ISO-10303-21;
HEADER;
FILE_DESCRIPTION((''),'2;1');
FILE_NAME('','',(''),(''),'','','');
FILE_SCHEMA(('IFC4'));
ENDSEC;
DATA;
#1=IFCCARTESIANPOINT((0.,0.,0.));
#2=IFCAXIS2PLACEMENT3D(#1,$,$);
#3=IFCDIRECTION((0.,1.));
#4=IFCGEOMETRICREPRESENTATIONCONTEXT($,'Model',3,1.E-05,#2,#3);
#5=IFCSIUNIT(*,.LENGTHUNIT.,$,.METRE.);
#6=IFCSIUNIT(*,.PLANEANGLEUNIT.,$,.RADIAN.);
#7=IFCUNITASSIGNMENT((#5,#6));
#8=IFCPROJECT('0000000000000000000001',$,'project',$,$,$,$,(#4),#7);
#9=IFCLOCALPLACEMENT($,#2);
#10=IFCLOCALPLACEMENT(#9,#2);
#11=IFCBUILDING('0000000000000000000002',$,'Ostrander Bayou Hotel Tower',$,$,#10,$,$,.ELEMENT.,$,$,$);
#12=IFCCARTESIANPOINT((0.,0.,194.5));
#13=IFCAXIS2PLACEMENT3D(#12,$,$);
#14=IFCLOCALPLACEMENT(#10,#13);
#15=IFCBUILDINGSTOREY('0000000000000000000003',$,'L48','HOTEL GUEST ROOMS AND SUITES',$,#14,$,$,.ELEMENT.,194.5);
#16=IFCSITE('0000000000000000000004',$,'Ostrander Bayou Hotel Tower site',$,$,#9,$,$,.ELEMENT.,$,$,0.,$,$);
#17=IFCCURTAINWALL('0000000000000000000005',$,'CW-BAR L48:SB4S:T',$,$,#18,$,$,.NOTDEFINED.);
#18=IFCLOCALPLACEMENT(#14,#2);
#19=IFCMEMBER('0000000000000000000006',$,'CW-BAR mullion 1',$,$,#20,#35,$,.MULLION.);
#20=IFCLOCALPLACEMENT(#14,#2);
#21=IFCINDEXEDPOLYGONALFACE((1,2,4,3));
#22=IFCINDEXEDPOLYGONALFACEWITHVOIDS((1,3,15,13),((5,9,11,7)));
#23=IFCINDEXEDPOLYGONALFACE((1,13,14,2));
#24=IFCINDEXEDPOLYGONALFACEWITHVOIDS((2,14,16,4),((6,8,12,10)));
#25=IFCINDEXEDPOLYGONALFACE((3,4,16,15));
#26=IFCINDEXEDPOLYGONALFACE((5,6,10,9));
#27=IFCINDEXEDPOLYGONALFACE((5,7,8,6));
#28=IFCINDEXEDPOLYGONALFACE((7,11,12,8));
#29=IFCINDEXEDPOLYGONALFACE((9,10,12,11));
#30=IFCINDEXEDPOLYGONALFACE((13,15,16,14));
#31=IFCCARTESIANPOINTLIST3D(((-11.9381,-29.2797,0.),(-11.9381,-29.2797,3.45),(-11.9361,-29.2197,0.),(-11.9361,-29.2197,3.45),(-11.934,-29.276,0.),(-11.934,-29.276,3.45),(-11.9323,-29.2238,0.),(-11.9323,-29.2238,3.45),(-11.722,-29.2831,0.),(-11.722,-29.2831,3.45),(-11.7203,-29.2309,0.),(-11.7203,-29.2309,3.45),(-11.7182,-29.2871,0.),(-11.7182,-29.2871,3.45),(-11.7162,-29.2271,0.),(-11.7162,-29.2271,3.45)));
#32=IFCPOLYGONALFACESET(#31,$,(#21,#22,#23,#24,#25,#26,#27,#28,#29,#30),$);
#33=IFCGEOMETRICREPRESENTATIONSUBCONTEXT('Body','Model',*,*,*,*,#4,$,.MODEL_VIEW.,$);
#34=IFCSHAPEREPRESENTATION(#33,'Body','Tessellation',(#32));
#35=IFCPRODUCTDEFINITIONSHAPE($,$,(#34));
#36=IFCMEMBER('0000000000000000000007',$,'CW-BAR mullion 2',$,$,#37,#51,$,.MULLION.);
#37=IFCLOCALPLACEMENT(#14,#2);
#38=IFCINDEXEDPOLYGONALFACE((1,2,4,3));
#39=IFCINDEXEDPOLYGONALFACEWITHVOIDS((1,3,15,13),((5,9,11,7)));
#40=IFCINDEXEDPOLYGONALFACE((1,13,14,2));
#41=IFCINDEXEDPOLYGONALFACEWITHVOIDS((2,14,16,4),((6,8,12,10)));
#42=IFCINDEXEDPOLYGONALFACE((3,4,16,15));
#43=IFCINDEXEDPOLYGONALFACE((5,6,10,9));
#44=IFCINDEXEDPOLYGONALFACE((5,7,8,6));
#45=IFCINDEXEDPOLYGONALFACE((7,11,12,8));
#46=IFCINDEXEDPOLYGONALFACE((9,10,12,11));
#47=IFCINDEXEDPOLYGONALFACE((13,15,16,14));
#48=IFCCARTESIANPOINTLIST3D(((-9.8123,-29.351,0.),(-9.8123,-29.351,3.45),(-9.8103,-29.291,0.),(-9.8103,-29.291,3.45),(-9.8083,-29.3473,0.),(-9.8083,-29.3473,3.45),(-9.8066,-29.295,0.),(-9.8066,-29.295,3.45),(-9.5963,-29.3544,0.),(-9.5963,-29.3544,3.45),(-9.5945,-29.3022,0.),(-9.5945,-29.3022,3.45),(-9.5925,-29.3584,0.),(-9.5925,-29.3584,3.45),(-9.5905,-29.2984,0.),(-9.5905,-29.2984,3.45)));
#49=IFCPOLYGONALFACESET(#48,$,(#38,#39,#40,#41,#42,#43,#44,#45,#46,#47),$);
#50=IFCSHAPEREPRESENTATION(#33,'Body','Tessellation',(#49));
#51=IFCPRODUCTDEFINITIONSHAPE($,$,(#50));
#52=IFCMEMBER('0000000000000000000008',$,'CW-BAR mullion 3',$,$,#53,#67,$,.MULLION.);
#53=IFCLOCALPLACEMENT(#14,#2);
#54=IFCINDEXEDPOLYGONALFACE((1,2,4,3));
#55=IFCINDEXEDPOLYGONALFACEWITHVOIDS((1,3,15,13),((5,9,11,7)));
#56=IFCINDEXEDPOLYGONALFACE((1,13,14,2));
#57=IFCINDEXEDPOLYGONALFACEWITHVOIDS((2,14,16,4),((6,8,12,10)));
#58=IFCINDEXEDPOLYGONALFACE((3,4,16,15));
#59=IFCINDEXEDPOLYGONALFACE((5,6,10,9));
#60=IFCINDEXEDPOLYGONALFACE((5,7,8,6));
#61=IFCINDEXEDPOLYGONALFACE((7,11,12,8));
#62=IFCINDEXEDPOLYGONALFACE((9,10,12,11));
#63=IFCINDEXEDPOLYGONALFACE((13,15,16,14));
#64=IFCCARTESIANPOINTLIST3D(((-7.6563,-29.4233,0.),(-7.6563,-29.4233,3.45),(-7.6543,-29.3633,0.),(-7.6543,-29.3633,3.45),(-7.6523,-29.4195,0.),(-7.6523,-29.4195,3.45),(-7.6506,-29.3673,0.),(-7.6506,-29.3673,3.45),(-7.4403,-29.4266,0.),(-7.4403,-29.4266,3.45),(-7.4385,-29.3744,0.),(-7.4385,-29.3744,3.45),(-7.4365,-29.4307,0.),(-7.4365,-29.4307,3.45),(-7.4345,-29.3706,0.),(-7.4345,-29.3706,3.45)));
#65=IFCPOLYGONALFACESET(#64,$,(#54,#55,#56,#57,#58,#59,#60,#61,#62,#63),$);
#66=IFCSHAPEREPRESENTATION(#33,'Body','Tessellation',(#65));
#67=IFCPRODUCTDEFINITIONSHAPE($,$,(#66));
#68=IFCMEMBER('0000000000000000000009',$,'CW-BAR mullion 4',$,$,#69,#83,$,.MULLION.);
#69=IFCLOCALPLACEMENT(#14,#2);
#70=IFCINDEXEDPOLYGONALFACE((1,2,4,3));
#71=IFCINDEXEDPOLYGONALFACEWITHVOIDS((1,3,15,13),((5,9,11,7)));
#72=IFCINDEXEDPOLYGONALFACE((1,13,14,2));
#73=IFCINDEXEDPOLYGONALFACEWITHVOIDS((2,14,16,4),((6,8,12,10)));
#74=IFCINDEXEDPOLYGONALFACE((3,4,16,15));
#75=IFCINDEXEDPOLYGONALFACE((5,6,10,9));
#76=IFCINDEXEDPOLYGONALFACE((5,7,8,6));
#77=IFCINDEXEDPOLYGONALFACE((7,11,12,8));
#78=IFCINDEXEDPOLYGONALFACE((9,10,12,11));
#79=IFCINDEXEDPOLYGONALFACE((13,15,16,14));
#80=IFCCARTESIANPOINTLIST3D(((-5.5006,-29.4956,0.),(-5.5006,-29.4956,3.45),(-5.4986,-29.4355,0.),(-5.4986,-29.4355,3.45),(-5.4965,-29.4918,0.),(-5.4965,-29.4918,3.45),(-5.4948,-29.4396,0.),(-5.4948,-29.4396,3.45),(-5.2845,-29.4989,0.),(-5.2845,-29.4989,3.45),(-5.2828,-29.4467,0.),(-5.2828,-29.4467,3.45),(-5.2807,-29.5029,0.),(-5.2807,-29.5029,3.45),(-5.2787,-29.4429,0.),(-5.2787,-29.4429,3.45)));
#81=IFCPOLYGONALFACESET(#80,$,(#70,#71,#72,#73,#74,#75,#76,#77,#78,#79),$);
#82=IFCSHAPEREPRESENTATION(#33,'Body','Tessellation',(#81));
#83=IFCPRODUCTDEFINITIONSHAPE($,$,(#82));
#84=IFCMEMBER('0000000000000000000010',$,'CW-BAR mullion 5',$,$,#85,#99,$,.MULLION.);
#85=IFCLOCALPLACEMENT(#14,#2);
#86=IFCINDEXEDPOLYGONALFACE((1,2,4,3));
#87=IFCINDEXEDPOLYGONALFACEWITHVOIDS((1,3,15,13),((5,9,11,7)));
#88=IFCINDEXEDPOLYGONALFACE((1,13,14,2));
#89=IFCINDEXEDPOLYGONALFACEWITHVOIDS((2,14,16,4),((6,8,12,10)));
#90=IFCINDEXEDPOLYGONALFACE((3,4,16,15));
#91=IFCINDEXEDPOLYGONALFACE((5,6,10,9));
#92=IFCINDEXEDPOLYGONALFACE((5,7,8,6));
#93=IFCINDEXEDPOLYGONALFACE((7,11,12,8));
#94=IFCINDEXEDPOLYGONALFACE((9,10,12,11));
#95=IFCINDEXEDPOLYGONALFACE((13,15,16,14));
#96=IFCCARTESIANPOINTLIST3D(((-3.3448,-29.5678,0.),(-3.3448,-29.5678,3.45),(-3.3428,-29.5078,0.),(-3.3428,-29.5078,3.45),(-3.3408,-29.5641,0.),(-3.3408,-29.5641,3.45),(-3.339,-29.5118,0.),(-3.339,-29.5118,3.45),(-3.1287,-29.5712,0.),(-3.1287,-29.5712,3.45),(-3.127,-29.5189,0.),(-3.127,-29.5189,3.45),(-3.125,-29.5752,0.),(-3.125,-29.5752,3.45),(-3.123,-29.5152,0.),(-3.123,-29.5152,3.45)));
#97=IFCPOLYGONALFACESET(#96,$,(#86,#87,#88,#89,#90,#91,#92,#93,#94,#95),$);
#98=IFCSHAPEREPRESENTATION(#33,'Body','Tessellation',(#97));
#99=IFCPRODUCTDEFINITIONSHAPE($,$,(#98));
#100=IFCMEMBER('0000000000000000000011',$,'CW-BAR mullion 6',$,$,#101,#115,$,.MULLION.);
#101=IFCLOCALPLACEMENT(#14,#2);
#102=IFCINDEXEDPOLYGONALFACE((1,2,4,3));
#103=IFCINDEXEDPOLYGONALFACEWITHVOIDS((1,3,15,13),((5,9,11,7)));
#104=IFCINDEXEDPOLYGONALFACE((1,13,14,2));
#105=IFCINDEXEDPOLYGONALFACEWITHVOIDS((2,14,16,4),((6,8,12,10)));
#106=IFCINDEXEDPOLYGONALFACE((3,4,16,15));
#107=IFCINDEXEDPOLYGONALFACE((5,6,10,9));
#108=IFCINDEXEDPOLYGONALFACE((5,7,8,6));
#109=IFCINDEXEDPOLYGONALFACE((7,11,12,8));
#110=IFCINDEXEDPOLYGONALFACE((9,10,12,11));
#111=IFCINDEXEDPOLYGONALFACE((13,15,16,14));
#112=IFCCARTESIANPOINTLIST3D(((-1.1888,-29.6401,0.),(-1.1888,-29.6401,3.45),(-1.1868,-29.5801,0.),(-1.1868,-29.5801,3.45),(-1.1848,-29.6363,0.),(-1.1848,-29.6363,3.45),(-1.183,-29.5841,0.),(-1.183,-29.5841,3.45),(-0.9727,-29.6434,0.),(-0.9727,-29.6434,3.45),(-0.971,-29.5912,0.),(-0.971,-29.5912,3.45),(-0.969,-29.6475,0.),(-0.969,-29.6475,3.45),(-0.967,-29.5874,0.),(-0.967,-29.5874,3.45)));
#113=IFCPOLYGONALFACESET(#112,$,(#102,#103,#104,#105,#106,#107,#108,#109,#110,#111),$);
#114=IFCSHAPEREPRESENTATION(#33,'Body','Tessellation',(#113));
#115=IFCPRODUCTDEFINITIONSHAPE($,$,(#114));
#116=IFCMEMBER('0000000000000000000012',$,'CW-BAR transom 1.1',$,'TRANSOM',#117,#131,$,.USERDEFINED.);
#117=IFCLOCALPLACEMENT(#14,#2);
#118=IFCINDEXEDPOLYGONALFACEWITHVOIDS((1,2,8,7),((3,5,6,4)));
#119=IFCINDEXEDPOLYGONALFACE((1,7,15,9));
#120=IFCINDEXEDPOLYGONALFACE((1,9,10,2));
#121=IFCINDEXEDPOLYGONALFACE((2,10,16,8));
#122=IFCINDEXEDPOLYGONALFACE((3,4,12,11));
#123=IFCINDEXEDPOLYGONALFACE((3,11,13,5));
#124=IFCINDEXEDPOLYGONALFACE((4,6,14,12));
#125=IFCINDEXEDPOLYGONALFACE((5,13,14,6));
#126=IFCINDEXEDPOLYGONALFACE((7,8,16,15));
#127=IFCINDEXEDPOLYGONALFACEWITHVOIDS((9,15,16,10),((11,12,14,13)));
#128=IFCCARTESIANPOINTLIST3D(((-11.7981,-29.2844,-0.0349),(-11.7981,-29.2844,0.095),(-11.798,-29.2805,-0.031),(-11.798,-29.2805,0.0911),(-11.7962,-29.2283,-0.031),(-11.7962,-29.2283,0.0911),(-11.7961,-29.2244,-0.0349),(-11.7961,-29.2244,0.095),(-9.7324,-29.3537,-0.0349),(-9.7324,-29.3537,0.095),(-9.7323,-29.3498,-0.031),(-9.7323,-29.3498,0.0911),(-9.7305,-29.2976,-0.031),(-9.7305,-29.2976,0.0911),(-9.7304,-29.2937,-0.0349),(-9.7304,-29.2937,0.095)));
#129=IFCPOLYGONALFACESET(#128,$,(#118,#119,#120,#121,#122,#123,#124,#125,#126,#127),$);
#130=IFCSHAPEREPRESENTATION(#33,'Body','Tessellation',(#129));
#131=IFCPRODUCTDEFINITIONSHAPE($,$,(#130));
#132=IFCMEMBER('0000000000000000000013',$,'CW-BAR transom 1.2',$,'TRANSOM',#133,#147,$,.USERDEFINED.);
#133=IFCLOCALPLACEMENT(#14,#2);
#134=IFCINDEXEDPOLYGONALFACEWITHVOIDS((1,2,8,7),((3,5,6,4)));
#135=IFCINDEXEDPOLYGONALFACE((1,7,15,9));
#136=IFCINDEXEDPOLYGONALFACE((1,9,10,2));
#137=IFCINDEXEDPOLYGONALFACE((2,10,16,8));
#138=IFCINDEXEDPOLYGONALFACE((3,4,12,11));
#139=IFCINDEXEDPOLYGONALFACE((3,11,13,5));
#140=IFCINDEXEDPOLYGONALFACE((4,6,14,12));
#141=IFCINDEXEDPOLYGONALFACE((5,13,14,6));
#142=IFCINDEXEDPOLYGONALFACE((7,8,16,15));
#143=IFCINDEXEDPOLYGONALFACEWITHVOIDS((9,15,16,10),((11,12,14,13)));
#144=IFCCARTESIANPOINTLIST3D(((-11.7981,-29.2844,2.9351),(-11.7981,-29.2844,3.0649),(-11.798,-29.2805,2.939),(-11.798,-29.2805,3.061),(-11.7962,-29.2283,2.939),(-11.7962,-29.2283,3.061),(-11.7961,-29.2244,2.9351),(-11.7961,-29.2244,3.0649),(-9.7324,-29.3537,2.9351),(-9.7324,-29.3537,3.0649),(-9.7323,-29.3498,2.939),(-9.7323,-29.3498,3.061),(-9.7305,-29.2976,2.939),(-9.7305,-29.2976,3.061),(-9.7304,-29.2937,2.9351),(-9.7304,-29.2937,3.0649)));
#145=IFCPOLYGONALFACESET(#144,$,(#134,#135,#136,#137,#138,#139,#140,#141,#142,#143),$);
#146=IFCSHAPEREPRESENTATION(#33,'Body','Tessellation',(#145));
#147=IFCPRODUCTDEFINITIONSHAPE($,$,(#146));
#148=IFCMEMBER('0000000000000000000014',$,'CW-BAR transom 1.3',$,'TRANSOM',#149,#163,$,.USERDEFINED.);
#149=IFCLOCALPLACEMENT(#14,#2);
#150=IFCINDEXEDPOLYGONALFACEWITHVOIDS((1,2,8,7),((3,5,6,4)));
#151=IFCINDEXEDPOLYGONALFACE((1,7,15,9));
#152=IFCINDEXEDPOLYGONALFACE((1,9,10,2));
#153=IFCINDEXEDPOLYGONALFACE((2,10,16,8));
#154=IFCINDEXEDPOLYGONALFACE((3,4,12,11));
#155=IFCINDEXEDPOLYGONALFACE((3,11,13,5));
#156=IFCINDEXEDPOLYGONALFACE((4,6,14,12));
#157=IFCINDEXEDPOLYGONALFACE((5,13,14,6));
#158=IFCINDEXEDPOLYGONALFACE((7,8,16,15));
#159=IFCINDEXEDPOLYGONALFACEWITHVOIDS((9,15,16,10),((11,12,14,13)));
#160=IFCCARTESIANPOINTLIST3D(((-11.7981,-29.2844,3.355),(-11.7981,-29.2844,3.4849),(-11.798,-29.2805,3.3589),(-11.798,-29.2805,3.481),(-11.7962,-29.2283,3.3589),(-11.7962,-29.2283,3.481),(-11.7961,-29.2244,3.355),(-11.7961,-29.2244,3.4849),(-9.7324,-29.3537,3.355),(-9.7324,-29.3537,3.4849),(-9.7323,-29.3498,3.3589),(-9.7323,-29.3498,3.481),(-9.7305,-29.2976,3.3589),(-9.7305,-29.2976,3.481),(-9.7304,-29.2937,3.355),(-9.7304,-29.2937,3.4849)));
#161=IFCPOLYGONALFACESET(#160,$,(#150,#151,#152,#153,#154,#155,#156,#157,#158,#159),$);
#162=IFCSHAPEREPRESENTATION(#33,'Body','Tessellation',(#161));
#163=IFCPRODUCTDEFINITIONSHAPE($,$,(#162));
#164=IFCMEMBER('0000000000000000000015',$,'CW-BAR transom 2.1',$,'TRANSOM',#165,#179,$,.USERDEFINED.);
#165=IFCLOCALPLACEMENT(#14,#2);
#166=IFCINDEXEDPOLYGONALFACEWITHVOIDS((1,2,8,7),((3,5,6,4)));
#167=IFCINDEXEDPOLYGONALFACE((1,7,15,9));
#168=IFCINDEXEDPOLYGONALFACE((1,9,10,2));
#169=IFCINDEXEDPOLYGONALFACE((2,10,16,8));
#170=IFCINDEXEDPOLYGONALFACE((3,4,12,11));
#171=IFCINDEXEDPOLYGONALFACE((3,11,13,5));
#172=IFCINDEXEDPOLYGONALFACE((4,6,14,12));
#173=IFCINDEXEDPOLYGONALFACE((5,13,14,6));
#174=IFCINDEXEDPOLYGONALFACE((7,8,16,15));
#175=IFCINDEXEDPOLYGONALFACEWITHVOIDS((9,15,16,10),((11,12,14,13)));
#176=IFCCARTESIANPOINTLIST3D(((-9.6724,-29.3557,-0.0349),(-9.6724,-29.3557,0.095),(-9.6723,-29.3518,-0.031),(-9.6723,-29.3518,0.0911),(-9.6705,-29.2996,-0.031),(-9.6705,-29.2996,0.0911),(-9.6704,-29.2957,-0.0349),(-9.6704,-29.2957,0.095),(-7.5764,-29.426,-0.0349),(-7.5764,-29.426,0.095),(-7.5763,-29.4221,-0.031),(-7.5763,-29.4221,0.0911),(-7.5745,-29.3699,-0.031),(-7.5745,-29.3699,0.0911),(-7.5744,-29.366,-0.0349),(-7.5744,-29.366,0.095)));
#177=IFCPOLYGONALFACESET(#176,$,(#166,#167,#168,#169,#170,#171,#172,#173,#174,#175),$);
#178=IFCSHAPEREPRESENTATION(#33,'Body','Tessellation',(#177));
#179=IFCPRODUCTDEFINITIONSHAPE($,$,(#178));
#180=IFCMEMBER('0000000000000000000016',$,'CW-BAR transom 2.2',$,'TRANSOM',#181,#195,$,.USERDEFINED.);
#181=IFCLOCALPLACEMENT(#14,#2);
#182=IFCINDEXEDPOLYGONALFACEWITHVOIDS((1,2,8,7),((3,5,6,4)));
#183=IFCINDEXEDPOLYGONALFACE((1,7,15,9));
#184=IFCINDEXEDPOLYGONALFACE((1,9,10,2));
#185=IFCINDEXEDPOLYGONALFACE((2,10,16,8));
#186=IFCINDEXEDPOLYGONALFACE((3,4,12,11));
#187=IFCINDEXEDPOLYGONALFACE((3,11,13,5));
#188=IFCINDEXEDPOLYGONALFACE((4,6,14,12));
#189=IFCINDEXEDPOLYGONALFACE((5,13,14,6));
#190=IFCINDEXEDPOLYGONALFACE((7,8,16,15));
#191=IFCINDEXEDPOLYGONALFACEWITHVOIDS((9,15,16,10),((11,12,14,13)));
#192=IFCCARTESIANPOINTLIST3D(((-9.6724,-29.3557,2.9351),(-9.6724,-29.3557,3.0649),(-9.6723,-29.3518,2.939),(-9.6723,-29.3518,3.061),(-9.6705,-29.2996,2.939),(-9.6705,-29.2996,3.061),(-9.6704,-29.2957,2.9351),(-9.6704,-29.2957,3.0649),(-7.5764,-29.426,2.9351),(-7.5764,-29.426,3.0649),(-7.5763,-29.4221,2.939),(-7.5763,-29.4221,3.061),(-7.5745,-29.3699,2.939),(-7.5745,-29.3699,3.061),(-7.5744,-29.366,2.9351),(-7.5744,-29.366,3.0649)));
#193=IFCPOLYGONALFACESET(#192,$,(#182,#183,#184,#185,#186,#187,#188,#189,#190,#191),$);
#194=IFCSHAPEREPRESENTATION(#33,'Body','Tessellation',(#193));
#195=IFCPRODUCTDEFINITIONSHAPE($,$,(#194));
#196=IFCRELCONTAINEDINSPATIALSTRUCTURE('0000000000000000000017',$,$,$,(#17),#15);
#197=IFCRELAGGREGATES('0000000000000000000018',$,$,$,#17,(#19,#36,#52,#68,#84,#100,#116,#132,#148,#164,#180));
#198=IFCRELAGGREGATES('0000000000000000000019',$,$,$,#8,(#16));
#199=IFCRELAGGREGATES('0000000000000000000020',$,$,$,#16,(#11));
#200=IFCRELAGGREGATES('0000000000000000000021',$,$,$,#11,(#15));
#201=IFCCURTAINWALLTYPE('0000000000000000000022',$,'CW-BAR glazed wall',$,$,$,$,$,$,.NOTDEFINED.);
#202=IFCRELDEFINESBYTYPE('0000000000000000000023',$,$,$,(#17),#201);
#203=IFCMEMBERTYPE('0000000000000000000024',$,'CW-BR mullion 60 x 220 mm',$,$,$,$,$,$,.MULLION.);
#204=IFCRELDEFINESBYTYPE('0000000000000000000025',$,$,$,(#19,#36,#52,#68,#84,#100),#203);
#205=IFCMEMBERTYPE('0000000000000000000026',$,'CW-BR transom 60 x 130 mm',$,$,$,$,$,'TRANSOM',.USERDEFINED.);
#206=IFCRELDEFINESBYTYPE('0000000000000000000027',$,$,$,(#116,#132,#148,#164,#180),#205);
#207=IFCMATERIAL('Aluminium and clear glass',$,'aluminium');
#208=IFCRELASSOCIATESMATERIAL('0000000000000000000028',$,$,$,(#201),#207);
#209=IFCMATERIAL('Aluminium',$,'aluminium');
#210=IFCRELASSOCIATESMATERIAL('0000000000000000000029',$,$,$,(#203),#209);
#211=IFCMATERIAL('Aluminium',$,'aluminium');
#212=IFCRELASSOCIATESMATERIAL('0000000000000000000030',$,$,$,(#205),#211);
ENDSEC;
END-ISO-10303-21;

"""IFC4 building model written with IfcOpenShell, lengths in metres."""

from ifc_helpers import new_model, si_unit, direction, frame, origin, origin_2d, place, context, subcontext, project, spatial, hollow_rectangle, extrude, material, material_profile, profile_set, type_object, element, aggregate, save


model = new_model("IFC4")

# Units and contexts
model_context = context("Model", 3, precision=1e-05, world=origin(), true_north=direction((0.0, 1.0)))
body_context = subcontext(model_context, "Body", "Model", "MODEL_VIEW")
ifc_project = project(units=[si_unit("LENGTHUNIT", "METRE"), si_unit("PLANEANGLEUNIT", "RADIAN")], contexts=[model_context])

# Site, building, storey
site_placement = place(None, origin())
site = spatial("IfcSite", under=ifc_project, at=site_placement, Name="Ostrander Bayou Hotel Tower site", CompositionType="ELEMENT", RefElevation=0.0)
building_placement = place(site_placement, origin())
building = spatial("IfcBuilding", under=site, at=building_placement, Name="Ostrander Bayou Hotel Tower", CompositionType="ELEMENT")
storey_placement = place(building_placement, frame((0.0, 0.0, 194.5)))
storey = spatial("IfcBuildingStorey", under=building, at=storey_placement, Name="L48", Description="HOTEL GUEST ROOMS AND SUITES", CompositionType="ELEMENT", Elevation=194.5)

# Curtain wall, members
ifc_material_1 = material(Name="Aluminium and clear glass", Category="aluminium")
curtain_wall_type = type_object("IfcCurtainWallType", Name="CW-BAR glazed wall", PredefinedType="NOTDEFINED", material=ifc_material_1)
curtain_wall_placement = place(storey_placement, origin())
curtain_wall = element("IfcCurtainWall", 1, at=curtain_wall_placement, inside=storey, type_object=curtain_wall_type, Name="CW-BAR L48:SB4S:T", PredefinedType="NOTDEFINED")
ifc_material_2 = material(Name="Aluminium", Category="aluminium")
ifc_material_profile_1 = material_profile(ifc_material_2, hollow_rectangle(XDim=0.0601, YDim=0.22, WallThickness=0.0039, at=origin_2d()))
ifc_profile_set_1 = profile_set([ifc_material_profile_1], Name="Aluminium")
member_type_1 = type_object("IfcMemberType", Name="CW-BR mullion 60 x 220 mm", PredefinedType="MULLION", material=ifc_profile_set_1)
member_1_placement = place(storey_placement, frame((-11.8271, -29.2534, 0.0), z_axis=(0.0, 0.0, 1.0), x_axis=(0.033505, 0.999439, 0.0)))
member_1 = element("IfcMember", 2, at=member_1_placement, type_object=member_type_1, Name="CW-BAR mullion 1", PredefinedType="MULLION", context=body_context, shape_type="SweptSolid", body=[
    extrude(hollow_rectangle(XDim=0.0601, YDim=0.22, WallThickness=0.0039, at=origin_2d()), origin(), (0.0, 0.0, 1.0), 3.45),
])
member_2_placement = place(storey_placement, frame((-9.7014, -29.3247, 0.0), z_axis=(0.0, 0.0, 1.0), x_axis=(0.033505, 0.999439, 0.0)))
member_2 = element("IfcMember", 3, at=member_2_placement, type_object=member_type_1, Name="CW-BAR mullion 2", PredefinedType="MULLION", context=body_context, shape_type="SweptSolid", body=[
    extrude(hollow_rectangle(XDim=0.0601, YDim=0.22, WallThickness=0.0039, at=origin_2d()), origin(), (0.0, 0.0, 1.0), 3.45),
])
member_3_placement = place(storey_placement, frame((-7.5454, -29.397, 0.0), z_axis=(0.0, 0.0, 1.0), x_axis=(0.033505, 0.999439, 0.0)))
member_3 = element("IfcMember", 4, at=member_3_placement, type_object=member_type_1, Name="CW-BAR mullion 3", PredefinedType="MULLION", context=body_context, shape_type="SweptSolid", body=[
    extrude(hollow_rectangle(XDim=0.0601, YDim=0.22, WallThickness=0.0039, at=origin_2d()), origin(), (0.0, 0.0, 1.0), 3.45),
])
member_4_placement = place(storey_placement, frame((-5.3896, -29.4692, 0.0), z_axis=(0.0, 0.0, 1.0), x_axis=(0.033505, 0.999439, 0.0)))
member_4 = element("IfcMember", 5, at=member_4_placement, type_object=member_type_1, Name="CW-BAR mullion 4", PredefinedType="MULLION", context=body_context, shape_type="SweptSolid", body=[
    extrude(hollow_rectangle(XDim=0.0601, YDim=0.22, WallThickness=0.0039, at=origin_2d()), origin(), (0.0, 0.0, 1.0), 3.45),
])
member_5_placement = place(storey_placement, frame((-3.2339, -29.5415, 0.0), z_axis=(0.0, 0.0, 1.0), x_axis=(0.033505, 0.999439, 0.0)))
member_5 = element("IfcMember", 6, at=member_5_placement, type_object=member_type_1, Name="CW-BAR mullion 5", PredefinedType="MULLION", context=body_context, shape_type="SweptSolid", body=[
    extrude(hollow_rectangle(XDim=0.0601, YDim=0.22, WallThickness=0.0039, at=origin_2d()), origin(), (0.0, 0.0, 1.0), 3.45),
])
member_6_placement = place(storey_placement, frame((-1.0779, -29.6138, 0.0), z_axis=(0.0, 0.0, 1.0), x_axis=(0.033505, 0.999439, 0.0)))
member_6 = element("IfcMember", 7, at=member_6_placement, type_object=member_type_1, Name="CW-BAR mullion 6", PredefinedType="MULLION", context=body_context, shape_type="SweptSolid", body=[
    extrude(hollow_rectangle(XDim=0.0601, YDim=0.22, WallThickness=0.0039, at=origin_2d()), origin(), (0.0, 0.0, 1.0), 3.45),
])
ifc_material_3 = material(Name="Aluminium", Category="aluminium")
ifc_material_profile_2 = material_profile(ifc_material_3, hollow_rectangle(XDim=0.0601, YDim=0.1299, WallThickness=0.0039, at=origin_2d()))
ifc_profile_set_2 = profile_set([ifc_material_profile_2], Name="Aluminium")
member_type_2 = type_object("IfcMemberType", Name="CW-BR transom 60 x 130 mm", ElementType="TRANSOM", PredefinedType="USERDEFINED", material=ifc_profile_set_2)
member_7_placement = place(storey_placement, frame((-11.7971, -29.2544, 0.03), z_axis=(0.999437, -0.033547, 0.0), x_axis=(0.033547, 0.999437, 0.0)))
member_7 = element("IfcMember", 8, at=member_7_placement, type_object=member_type_2, Name="CW-BAR transom 1.1", ObjectType="TRANSOM", PredefinedType="USERDEFINED", context=body_context, shape_type="SweptSolid", body=[
    extrude(hollow_rectangle(XDim=0.0601, YDim=0.1299, WallThickness=0.0039, at=origin_2d()), origin(), (0.0, 0.0, 1.0), 2.0669),
])
member_8_placement = place(storey_placement, frame((-11.7971, -29.2544, 3.0), z_axis=(0.999437, -0.033547, 0.0), x_axis=(0.033547, 0.999437, 0.0)))
member_8 = element("IfcMember", 9, at=member_8_placement, type_object=member_type_2, Name="CW-BAR transom 1.2", ObjectType="TRANSOM", PredefinedType="USERDEFINED", context=body_context, shape_type="SweptSolid", body=[
    extrude(hollow_rectangle(XDim=0.0601, YDim=0.1299, WallThickness=0.0039, at=origin_2d()), origin(), (0.0, 0.0, 1.0), 2.0669),
])
member_9_placement = place(storey_placement, frame((-11.7971, -29.2544, 3.4199), z_axis=(0.999437, -0.033547, 0.0), x_axis=(0.033547, 0.999437, 0.0)))
member_9 = element("IfcMember", 10, at=member_9_placement, type_object=member_type_2, Name="CW-BAR transom 1.3", ObjectType="TRANSOM", PredefinedType="USERDEFINED", context=body_context, shape_type="SweptSolid", body=[
    extrude(hollow_rectangle(XDim=0.0601, YDim=0.1299, WallThickness=0.0039, at=origin_2d()), origin(), (0.0, 0.0, 1.0), 2.0669),
])
member_10_placement = place(storey_placement, frame((-9.6714, -29.3257, 0.03), z_axis=(0.999438, -0.033528, 0.0), x_axis=(0.033528, 0.999438, 0.0)))
member_10 = element("IfcMember", 11, at=member_10_placement, type_object=member_type_2, Name="CW-BAR transom 2.1", ObjectType="TRANSOM", PredefinedType="USERDEFINED", context=body_context, shape_type="SweptSolid", body=[
    extrude(hollow_rectangle(XDim=0.0601, YDim=0.1299, WallThickness=0.0039, at=origin_2d()), origin(), (0.0, 0.0, 1.0), 2.0972),
])
member_11_placement = place(storey_placement, frame((-9.6714, -29.3257, 3.0), z_axis=(0.999438, -0.033528, 0.0), x_axis=(0.033528, 0.999438, 0.0)))
member_11 = element("IfcMember", 12, at=member_11_placement, type_object=member_type_2, Name="CW-BAR transom 2.2", ObjectType="TRANSOM", PredefinedType="USERDEFINED", context=body_context, shape_type="SweptSolid", body=[
    extrude(hollow_rectangle(XDim=0.0601, YDim=0.1299, WallThickness=0.0039, at=origin_2d()), origin(), (0.0, 0.0, 1.0), 2.0972),
])
aggregate(curtain_wall, [member_1, member_2, member_3, member_4, member_5, member_6, member_7, member_8, member_9, member_10, member_11])

save(model, "model.ifc")
